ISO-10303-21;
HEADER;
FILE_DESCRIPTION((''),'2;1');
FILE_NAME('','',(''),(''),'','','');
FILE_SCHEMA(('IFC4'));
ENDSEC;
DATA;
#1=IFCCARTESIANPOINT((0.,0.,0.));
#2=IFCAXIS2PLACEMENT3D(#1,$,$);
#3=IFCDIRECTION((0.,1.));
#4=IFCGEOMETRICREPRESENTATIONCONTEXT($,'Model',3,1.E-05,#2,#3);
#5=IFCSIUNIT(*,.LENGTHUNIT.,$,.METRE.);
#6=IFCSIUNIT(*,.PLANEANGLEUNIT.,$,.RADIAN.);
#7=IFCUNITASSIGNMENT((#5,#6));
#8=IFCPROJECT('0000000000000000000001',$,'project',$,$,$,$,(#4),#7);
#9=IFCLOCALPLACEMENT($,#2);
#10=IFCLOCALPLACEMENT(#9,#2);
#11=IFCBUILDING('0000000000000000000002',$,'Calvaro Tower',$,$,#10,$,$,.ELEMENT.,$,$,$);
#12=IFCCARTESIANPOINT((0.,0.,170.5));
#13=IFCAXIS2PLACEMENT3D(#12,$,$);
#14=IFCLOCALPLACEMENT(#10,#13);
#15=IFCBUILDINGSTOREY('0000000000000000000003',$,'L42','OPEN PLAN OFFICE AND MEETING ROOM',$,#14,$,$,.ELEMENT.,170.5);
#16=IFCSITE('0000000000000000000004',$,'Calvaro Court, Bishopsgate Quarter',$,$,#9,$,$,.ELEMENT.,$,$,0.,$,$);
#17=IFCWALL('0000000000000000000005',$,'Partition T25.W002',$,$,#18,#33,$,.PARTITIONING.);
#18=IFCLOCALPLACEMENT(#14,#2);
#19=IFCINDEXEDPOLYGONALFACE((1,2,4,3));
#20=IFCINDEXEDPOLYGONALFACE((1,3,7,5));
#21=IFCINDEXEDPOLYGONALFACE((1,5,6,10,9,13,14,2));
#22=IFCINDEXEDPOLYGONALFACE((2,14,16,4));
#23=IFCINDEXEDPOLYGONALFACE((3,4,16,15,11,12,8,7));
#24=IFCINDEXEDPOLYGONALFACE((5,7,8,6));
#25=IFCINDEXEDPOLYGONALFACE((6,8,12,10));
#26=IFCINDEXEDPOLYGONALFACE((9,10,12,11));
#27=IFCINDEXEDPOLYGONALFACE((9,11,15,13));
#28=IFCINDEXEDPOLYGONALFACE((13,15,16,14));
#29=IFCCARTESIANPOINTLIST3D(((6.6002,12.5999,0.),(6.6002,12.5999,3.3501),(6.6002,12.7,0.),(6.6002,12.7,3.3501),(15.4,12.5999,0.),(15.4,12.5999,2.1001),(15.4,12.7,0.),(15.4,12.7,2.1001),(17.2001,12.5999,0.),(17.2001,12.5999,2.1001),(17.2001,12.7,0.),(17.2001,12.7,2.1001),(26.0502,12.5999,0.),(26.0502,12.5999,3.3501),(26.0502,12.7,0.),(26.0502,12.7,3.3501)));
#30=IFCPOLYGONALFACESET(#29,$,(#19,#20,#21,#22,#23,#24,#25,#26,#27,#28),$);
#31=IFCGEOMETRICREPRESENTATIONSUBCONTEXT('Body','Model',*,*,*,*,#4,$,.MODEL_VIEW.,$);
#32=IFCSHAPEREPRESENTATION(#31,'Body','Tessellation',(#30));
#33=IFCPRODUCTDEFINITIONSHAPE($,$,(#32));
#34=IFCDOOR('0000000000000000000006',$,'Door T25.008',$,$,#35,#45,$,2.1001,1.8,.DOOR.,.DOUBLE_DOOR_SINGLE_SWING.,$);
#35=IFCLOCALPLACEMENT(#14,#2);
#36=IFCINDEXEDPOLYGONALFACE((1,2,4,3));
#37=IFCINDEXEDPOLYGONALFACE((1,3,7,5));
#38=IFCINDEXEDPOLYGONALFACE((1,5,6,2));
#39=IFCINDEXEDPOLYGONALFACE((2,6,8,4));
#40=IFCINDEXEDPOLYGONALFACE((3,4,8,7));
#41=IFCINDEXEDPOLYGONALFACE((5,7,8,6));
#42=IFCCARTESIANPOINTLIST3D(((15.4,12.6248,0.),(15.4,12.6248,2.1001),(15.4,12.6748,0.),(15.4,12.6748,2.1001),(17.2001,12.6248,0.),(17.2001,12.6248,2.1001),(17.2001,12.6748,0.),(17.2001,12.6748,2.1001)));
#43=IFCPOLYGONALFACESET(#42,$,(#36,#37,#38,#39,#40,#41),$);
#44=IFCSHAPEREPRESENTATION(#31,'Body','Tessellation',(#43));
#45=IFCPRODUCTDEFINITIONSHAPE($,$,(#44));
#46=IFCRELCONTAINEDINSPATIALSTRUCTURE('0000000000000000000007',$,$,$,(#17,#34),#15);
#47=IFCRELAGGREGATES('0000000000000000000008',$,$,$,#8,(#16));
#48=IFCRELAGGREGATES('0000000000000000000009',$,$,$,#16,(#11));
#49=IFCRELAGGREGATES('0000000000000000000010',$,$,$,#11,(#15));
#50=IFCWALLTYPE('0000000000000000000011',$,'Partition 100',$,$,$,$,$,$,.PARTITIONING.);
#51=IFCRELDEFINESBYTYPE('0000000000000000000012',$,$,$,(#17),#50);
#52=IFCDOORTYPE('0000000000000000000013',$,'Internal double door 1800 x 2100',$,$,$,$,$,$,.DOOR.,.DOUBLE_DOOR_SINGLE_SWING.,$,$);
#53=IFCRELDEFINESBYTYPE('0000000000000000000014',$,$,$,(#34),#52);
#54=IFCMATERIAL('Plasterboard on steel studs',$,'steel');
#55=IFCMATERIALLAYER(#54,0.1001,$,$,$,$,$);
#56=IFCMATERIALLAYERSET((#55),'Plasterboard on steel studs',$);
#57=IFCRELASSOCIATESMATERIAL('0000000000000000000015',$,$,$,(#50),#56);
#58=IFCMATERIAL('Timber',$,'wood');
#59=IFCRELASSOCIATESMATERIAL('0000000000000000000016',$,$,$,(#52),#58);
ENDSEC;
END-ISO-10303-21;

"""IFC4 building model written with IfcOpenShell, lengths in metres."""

from ifc_helpers import new_model, si_unit, direction, frame, frame_2d, origin, place, context, subcontext, project, spatial, rectangle, extrude, material, layer, layer_set, type_object, element, fill, save


model = new_model("IFC4")

# Units and contexts
model_context = context("Model", 3, precision=1e-05, world=origin(), true_north=direction((0.0, 1.0)))
body_context = subcontext(model_context, "Body", "Model", "MODEL_VIEW")
ifc_project = project(units=[si_unit("LENGTHUNIT", "METRE"), si_unit("PLANEANGLEUNIT", "RADIAN")], contexts=[model_context])

# Site, building, storey
site_placement = place(None, origin())
site = spatial("IfcSite", under=ifc_project, at=site_placement, Name="Calvaro Court, Bishopsgate Quarter", CompositionType="ELEMENT", RefElevation=0.0)
building_placement = place(site_placement, origin())
building = spatial("IfcBuilding", under=site, at=building_placement, Name="Calvaro Tower", CompositionType="ELEMENT")
storey_placement = place(building_placement, frame((0.0, 0.0, 170.5)))
storey = spatial("IfcBuildingStorey", under=building, at=storey_placement, Name="L42", Description="OPEN PLAN OFFICE AND MEETING ROOM", CompositionType="ELEMENT", Elevation=170.5)

# Shared definitions
ifc_material_1 = material(Name="Plasterboard on steel studs", Category="steel")
ifc_layer_1 = layer(ifc_material_1, 0.1001)
ifc_layer_set_1 = layer_set([ifc_layer_1], Name="Plasterboard on steel studs")
wall_type_1 = type_object("IfcWallType", Name="Partition 100", PredefinedType="PARTITIONING", material=ifc_layer_set_1)

# Wall, opening, door
wall_1_placement = place(storey_placement, frame((6.6001, 12.6499, 0.0), z_axis=(0.0, 0.0, 1.0), x_axis=(1.0, 0.0, 0.0)))
wall_1 = element("IfcWall", 1, at=wall_1_placement, inside=storey, type_object=wall_type_1, Name="Partition T25.W002", PredefinedType="PARTITIONING", context=body_context, shape_type="SweptSolid", body=[
    extrude(rectangle(XDim=19.45, YDim=0.1001, at=frame_2d((9.7251, 0.0))), origin(), (0.0, 0.0, 1.0), 3.3501),
])
opening_1_placement = place(wall_1_placement, frame((8.8, 0.0, 0.0)))
opening_1 = element("IfcOpeningElement", 2, at=opening_1_placement, cuts=wall_1, PredefinedType="OPENING", context=body_context, shape_type="SweptSolid", body=[
    extrude(rectangle(XDim=1.8, YDim=2.1001, at=frame_2d((0.8999, 1.05))), frame((0.0, 0.0601, 0.0), z_axis=(0.0, -1.0, 0.0), x_axis=(1.0, 0.0, 0.0)), (0.0, 0.0, 1.0), 0.1201),
])
ifc_material_2 = material(Name="Timber", Category="wood")
door_type_1 = type_object("IfcDoorType", Name="Internal double door 1800 x 2100", OperationType="DOUBLE_DOOR_SINGLE_SWING", PredefinedType="DOOR", material=ifc_material_2)
door_1_placement = place(opening_1_placement, origin())
door_1 = element("IfcDoor", 3, at=door_1_placement, inside=storey, type_object=door_type_1, Name="Door T25.008", OperationType="DOUBLE_DOOR_SINGLE_SWING", OverallHeight=2.1001, OverallWidth=1.8, PredefinedType="DOOR", context=body_context, shape_type="SweptSolid", body=[
    extrude(rectangle(XDim=1.8, YDim=2.1001, at=frame_2d((0.8999, 1.05))), frame((0.0, 0.0249, 0.0), z_axis=(0.0, -1.0, 0.0), x_axis=(1.0, 0.0, 0.0)), (0.0, 0.0, 1.0), 0.05),
])
fill(opening_1, door_1)

save(model, "model.ifc")
